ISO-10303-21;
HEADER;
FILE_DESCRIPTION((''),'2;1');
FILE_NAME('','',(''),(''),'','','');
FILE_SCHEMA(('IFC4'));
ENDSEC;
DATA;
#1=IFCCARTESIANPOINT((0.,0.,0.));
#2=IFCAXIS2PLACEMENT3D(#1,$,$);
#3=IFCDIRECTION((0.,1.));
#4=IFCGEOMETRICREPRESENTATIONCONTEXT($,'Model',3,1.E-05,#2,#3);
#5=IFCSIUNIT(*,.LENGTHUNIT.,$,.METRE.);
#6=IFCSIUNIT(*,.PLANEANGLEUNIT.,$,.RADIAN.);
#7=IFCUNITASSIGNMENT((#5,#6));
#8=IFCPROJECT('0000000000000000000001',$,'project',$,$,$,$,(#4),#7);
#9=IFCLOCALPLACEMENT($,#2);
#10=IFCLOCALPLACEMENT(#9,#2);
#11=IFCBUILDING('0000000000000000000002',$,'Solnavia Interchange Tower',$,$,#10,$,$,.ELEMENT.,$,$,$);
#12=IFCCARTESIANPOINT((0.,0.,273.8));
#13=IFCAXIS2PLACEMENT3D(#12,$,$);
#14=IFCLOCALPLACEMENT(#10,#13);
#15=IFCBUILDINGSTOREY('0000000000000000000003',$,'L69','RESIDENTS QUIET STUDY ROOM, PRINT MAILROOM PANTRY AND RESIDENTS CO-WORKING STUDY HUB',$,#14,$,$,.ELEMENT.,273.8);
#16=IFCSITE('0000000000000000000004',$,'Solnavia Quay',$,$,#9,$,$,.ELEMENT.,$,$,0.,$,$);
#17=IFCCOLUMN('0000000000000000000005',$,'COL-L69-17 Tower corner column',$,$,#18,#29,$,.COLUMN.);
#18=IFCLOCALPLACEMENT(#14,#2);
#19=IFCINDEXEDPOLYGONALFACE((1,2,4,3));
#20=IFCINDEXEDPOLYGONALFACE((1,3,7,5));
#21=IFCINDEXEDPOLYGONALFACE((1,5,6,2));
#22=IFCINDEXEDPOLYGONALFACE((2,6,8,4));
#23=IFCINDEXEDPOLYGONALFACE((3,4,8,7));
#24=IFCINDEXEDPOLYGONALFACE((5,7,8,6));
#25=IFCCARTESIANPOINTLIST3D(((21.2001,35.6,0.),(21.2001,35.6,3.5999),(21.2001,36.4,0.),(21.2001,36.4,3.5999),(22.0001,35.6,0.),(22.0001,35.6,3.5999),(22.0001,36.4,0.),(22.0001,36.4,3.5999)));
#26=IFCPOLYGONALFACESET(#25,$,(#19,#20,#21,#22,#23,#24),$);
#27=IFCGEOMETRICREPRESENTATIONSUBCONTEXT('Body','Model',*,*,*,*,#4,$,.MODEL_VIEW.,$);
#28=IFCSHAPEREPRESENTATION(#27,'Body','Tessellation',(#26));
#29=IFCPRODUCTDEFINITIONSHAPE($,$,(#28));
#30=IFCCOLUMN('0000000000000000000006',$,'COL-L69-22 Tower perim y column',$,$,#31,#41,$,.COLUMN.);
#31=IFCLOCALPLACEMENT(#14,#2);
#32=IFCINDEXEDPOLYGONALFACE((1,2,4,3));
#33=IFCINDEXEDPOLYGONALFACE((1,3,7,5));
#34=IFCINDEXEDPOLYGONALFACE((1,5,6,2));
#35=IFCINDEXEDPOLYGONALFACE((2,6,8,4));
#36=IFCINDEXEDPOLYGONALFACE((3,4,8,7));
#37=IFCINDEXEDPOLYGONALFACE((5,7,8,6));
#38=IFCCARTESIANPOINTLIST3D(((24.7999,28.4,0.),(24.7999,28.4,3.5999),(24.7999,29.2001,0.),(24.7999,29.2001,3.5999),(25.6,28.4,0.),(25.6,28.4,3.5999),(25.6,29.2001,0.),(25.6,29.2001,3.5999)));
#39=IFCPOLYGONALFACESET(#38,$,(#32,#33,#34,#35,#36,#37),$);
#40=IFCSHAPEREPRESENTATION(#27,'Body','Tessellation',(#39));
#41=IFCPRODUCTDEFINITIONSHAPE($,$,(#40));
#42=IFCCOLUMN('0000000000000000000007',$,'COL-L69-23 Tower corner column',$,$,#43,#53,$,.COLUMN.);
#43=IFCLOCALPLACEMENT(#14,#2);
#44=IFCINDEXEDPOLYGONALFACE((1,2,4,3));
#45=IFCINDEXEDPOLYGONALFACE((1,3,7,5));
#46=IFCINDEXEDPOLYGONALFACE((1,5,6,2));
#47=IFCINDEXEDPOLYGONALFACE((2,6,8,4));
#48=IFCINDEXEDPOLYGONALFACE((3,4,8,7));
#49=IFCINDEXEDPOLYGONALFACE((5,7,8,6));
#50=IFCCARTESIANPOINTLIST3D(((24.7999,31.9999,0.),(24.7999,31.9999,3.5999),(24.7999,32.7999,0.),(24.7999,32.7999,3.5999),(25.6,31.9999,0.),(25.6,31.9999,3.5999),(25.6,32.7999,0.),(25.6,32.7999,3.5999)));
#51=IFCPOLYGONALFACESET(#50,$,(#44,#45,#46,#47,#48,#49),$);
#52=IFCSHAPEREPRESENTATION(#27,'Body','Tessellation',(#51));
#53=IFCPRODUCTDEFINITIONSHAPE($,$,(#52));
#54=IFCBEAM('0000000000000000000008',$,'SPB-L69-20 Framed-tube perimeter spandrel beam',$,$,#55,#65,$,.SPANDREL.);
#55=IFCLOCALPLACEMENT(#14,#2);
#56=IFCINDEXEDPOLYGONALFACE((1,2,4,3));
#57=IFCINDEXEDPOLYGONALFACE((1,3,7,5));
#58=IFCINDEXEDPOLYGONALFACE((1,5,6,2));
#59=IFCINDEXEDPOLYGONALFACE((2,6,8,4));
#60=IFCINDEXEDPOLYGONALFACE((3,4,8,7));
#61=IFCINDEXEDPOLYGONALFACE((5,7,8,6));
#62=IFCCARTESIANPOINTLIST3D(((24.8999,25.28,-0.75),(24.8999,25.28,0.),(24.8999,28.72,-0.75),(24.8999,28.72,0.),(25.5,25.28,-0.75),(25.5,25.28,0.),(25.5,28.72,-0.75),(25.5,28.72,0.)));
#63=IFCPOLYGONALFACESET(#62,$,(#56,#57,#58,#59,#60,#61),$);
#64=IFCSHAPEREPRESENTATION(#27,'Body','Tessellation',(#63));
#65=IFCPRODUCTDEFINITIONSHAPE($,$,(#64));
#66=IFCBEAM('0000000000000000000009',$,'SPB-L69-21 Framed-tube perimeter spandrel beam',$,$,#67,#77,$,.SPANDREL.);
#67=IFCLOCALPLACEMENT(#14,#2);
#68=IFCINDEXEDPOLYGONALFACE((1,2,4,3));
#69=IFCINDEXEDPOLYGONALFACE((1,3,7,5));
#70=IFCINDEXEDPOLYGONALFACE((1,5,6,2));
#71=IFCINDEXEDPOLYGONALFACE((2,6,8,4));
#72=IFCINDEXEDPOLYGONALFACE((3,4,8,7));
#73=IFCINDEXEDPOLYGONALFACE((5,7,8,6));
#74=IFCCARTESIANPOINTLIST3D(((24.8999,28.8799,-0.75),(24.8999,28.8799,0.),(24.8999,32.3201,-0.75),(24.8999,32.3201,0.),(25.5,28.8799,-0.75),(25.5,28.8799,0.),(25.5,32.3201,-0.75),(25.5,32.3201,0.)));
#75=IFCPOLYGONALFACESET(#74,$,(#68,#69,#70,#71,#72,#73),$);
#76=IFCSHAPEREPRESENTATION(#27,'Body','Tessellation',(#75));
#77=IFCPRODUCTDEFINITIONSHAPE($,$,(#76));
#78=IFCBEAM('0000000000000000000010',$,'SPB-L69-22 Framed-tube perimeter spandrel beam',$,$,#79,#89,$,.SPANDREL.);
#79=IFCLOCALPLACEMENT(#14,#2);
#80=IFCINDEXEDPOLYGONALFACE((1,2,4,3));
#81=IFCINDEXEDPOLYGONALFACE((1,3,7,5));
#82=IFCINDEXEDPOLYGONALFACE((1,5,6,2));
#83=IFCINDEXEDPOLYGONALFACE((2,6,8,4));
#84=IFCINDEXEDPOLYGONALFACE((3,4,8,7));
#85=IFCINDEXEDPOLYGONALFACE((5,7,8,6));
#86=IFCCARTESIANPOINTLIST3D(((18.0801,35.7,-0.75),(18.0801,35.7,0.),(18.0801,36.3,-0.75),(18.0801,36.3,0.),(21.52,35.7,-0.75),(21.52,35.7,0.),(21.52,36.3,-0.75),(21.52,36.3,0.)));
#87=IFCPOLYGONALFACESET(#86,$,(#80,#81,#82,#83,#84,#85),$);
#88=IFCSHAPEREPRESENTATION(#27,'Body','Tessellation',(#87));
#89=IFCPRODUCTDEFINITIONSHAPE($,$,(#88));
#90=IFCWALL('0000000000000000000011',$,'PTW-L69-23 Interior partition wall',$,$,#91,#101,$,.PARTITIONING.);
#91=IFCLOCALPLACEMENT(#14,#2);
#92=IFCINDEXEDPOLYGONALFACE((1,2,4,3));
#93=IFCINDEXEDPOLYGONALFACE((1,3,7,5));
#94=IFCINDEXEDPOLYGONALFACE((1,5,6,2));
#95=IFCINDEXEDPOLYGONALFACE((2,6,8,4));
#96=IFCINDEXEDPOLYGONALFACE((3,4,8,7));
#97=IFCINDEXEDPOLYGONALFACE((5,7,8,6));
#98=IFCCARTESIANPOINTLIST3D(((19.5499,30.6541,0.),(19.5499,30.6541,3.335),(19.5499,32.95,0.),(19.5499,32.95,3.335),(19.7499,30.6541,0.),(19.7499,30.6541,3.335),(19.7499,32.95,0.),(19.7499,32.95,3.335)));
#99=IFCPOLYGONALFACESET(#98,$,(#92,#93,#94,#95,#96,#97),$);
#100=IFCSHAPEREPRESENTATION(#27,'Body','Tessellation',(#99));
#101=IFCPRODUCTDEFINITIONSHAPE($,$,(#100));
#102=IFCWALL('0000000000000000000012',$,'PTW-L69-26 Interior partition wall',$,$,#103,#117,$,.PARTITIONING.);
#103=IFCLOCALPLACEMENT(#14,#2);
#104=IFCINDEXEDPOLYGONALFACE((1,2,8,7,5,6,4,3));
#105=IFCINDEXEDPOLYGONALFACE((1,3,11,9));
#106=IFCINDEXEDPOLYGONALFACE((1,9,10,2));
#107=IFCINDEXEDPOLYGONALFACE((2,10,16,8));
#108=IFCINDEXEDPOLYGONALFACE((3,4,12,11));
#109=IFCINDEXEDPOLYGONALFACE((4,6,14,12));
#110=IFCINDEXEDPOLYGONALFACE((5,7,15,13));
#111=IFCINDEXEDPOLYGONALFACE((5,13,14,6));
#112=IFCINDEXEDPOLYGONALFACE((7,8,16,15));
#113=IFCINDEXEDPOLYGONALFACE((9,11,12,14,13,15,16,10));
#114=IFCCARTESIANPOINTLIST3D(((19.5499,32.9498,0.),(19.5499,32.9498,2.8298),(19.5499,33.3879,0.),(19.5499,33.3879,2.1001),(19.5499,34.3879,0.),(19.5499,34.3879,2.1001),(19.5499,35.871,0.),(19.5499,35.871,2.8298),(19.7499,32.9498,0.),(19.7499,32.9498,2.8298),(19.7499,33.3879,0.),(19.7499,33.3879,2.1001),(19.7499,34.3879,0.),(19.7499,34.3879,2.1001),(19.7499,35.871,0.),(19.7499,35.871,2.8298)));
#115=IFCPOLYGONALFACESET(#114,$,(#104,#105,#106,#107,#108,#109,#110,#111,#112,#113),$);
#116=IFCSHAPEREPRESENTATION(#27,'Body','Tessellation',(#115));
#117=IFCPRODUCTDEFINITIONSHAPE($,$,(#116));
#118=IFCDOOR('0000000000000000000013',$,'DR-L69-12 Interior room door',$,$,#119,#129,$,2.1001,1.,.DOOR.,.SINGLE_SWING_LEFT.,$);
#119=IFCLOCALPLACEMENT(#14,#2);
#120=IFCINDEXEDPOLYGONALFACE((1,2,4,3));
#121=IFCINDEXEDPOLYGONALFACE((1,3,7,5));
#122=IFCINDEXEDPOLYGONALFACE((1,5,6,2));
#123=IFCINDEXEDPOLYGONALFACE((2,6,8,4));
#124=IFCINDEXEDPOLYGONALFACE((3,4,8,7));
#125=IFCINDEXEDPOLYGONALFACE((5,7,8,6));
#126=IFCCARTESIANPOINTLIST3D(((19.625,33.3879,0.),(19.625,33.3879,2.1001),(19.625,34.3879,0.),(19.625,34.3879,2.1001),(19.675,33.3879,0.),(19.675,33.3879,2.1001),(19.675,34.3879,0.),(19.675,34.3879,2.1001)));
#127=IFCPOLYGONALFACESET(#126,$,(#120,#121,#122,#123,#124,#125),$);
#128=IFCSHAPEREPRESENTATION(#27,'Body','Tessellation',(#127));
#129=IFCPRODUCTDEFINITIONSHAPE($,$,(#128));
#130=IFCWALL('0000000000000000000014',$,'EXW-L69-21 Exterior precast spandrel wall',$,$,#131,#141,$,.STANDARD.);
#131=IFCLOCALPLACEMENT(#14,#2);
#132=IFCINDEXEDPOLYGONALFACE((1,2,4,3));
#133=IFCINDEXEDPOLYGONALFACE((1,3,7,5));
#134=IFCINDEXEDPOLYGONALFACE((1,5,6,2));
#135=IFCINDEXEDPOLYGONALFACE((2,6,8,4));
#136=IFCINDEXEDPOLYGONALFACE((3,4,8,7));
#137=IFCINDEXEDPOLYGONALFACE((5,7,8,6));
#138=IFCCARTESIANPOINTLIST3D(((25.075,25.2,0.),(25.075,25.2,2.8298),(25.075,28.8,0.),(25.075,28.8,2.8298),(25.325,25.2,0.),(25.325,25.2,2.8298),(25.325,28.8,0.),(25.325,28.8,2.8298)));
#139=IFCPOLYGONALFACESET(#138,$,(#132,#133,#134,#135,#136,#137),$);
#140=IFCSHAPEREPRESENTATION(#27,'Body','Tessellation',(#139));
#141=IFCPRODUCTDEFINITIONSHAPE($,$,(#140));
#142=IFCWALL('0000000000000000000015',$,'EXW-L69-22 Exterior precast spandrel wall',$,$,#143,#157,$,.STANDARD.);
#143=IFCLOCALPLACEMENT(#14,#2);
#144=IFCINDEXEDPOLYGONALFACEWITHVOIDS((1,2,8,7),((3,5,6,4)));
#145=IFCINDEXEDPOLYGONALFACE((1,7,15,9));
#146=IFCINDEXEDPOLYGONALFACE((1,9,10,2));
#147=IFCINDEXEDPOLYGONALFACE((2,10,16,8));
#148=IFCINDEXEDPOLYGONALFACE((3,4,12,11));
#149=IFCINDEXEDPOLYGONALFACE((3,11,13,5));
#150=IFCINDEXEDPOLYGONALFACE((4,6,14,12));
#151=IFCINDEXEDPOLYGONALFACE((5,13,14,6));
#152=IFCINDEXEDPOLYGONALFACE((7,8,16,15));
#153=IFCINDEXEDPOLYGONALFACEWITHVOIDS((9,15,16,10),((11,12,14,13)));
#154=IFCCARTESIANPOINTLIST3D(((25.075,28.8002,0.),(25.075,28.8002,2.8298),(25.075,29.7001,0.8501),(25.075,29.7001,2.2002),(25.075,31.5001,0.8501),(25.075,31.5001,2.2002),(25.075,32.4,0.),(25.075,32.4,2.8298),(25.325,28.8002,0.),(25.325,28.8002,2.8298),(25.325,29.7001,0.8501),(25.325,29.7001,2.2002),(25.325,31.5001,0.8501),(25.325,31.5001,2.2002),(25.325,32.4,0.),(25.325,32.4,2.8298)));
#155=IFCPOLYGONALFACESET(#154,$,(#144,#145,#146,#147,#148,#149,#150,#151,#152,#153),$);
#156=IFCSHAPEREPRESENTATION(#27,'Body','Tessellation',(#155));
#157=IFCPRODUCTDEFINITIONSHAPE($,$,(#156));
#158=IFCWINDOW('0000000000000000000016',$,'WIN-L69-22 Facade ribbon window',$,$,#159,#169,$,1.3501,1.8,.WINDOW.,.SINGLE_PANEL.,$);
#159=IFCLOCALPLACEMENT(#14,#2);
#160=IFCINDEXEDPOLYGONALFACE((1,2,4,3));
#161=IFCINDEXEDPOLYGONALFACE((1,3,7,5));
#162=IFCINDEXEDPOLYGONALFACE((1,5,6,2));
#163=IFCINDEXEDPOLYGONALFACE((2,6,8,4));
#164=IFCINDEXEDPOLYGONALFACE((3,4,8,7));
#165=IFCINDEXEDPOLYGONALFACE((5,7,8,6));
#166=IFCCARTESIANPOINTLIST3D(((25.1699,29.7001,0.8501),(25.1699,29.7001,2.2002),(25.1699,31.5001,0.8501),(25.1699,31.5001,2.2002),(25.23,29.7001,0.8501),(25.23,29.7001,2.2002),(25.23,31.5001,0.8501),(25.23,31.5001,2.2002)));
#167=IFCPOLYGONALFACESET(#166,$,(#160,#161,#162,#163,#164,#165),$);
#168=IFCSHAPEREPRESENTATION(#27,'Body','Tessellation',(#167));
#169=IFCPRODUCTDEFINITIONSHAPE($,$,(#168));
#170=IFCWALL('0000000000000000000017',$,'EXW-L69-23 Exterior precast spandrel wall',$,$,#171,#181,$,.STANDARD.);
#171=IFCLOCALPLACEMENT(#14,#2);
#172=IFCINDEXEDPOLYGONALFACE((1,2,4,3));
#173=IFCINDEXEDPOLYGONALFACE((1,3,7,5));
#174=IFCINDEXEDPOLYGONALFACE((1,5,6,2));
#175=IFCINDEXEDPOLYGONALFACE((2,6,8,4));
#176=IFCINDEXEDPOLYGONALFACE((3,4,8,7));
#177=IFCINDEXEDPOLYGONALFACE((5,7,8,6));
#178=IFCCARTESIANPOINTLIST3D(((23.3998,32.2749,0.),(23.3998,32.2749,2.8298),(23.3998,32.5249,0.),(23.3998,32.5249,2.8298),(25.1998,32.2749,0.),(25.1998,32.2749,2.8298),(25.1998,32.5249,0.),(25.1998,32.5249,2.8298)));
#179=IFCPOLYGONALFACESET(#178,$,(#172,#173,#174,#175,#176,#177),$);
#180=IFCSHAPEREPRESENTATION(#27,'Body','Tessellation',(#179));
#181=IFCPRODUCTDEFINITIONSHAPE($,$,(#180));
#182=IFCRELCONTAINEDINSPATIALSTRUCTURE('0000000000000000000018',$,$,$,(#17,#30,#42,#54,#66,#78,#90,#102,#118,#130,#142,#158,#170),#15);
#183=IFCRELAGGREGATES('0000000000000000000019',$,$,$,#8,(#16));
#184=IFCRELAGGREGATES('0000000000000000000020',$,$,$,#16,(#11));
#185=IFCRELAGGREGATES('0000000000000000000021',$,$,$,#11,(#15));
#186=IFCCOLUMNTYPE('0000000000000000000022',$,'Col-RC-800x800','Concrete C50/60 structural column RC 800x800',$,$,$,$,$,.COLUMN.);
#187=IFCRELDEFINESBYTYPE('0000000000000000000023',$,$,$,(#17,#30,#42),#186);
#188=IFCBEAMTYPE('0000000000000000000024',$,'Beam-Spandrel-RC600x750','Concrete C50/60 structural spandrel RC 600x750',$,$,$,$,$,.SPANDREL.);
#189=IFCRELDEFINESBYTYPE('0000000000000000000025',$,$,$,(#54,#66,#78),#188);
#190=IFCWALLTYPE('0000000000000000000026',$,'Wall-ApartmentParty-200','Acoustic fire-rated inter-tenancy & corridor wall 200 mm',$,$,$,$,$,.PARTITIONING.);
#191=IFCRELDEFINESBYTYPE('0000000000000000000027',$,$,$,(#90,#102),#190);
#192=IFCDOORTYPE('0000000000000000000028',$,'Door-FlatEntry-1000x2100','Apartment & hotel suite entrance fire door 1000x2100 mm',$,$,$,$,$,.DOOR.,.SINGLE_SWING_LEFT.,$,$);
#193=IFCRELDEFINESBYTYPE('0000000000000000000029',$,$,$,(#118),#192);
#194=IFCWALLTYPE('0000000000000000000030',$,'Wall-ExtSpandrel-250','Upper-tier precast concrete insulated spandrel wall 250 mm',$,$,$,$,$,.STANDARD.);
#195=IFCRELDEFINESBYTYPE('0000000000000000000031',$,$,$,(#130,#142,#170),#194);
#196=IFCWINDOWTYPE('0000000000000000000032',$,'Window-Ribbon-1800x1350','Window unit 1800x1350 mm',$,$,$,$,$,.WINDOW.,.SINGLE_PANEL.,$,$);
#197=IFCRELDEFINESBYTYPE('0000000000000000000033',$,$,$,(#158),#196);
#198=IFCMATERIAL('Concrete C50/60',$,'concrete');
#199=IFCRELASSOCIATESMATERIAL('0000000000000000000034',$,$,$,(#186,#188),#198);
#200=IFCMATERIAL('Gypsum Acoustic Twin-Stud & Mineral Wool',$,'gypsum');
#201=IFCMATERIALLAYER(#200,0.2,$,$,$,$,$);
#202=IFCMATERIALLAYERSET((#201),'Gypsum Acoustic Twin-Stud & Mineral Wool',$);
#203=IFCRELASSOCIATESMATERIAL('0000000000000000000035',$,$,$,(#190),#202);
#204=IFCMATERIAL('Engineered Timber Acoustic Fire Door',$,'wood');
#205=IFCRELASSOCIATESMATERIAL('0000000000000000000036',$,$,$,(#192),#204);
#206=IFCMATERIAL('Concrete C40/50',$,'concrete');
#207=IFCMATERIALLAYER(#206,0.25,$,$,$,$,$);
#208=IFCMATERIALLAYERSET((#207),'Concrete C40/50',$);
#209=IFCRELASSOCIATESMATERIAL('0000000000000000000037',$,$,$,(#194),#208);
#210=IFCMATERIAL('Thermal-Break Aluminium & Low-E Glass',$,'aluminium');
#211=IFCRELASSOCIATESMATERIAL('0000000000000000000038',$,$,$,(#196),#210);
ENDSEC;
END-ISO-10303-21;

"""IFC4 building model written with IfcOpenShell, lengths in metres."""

from ifc_helpers import new_model, si_unit, direction, frame, frame_2d, origin, origin_2d, place, context, subcontext, project, spatial, rectangle, extrude, material, layer, layer_set, material_profile, profile_set, type_object, element, fill, save


model = new_model("IFC4")

# Units and contexts
model_context = context("Model", 3, precision=1e-05, world=origin(), true_north=direction((0.0, 1.0)))
body_context = subcontext(model_context, "Body", "Model", "MODEL_VIEW")
ifc_project = project(units=[si_unit("LENGTHUNIT", "METRE"), si_unit("PLANEANGLEUNIT", "RADIAN")], contexts=[model_context])

# Site, building, storey
site_placement = place(None, origin())
site = spatial("IfcSite", under=ifc_project, at=site_placement, Name="Solnavia Quay", CompositionType="ELEMENT", RefElevation=0.0)
building_placement = place(site_placement, origin())
building = spatial("IfcBuilding", under=site, at=building_placement, Name="Solnavia Interchange Tower", CompositionType="ELEMENT")
storey_placement = place(building_placement, frame((0.0, 0.0, 273.8)))
storey = spatial("IfcBuildingStorey", under=building, at=storey_placement, Name="L69", Description="RESIDENTS QUIET STUDY ROOM, PRINT MAILROOM PANTRY AND RESIDENTS CO-WORKING STUDY HUB", CompositionType="ELEMENT", Elevation=273.8)

# Columns
ifc_material_1 = material(Name="Concrete C50/60", Category="concrete")
ifc_material_profile_1 = material_profile(ifc_material_1, rectangle(XDim=0.8, YDim=0.8, at=origin_2d()), Name="RC 800x800")
ifc_profile_set_1 = profile_set([ifc_material_profile_1], Name="Concrete C50/60")
column_type = type_object("IfcColumnType", Name="Col-RC-800x800", Description="Concrete C50/60 structural column RC 800x800", PredefinedType="COLUMN", material=ifc_profile_set_1)
for number, where, z_axis, x_axis, name in (
    (1, (21.6001, 36.0, 0.0), (0.0, 0.0, 1.0), (1.0, 0.0, 0.0), "COL-L69-17 Tower corner column"),
    (2, (25.2, 28.8, 0.0), (0.0, 0.0, 1.0), (0.0, 1.0, 0.0), "COL-L69-22 Tower perim y column"),
    (3, (25.2, 32.3999, 0.0), (0.0, 0.0, 1.0), (0.0, 1.0, 0.0), "COL-L69-23 Tower corner column"),
):
    element("IfcColumn", number, at=place(storey_placement, frame(where, z_axis=z_axis, x_axis=x_axis)), inside=storey, type_object=column_type, Name=name, PredefinedType="COLUMN", context=body_context, shape_type="SweptSolid", body=[
        extrude(rectangle(XDim=0.8, YDim=0.8, at=origin_2d()), origin(), (0.0, 0.0, 1.0), 3.5999),
    ])

# Beams
ifc_material_profile_2 = material_profile(ifc_material_1, rectangle(XDim=0.6001, YDim=0.75, at=origin_2d()), Name="RC 600x750")
ifc_profile_set_2 = profile_set([ifc_material_profile_2], Name="Concrete C50/60")
beam_type = type_object("IfcBeamType", Name="Beam-Spandrel-RC600x750", Description="Concrete C50/60 structural spandrel RC 600x750", PredefinedType="SPANDREL", material=ifc_profile_set_2)
beam_1_placement = place(storey_placement, frame((25.2, 25.28, -0.375), z_axis=(0.0, 1.0, 0.0), x_axis=(-1.0, 0.0, 0.0)))
element("IfcBeam", 4, at=beam_1_placement, inside=storey, type_object=beam_type, Name="SPB-L69-20 Framed-tube perimeter spandrel beam", PredefinedType="SPANDREL", context=body_context, shape_type="SweptSolid", body=[
    extrude(rectangle(XDim=0.6001, YDim=0.75, at=origin_2d()), origin(), (0.0, 0.0, 1.0), 3.4399),
])
beam_2_placement = place(storey_placement, frame((25.2, 28.8799, -0.375), z_axis=(0.0, 1.0, 0.0), x_axis=(-1.0, 0.0, 0.0)))
element("IfcBeam", 5, at=beam_2_placement, inside=storey, type_object=beam_type, Name="SPB-L69-21 Framed-tube perimeter spandrel beam", PredefinedType="SPANDREL", context=body_context, shape_type="SweptSolid", body=[
    extrude(rectangle(XDim=0.6001, YDim=0.75, at=origin_2d()), origin(), (0.0, 0.0, 1.0), 3.4402),
])
beam_3_placement = place(storey_placement, frame((21.52, 36.0, -0.375), z_axis=(-1.0, 0.0, 0.0), x_axis=(0.0, -1.0, 0.0)))
element("IfcBeam", 6, at=beam_3_placement, inside=storey, type_object=beam_type, Name="SPB-L69-22 Framed-tube perimeter spandrel beam", PredefinedType="SPANDREL", context=body_context, shape_type="SweptSolid", body=[
    extrude(rectangle(XDim=0.6001, YDim=0.75, at=origin_2d()), origin(), (0.0, 0.0, 1.0), 3.4399),
])

# Wall
ifc_material_2 = material(Name="Gypsum Acoustic Twin-Stud & Mineral Wool", Category="gypsum")
ifc_layer_1 = layer(ifc_material_2, 0.2)
ifc_layer_set_1 = layer_set([ifc_layer_1], Name="Gypsum Acoustic Twin-Stud & Mineral Wool")
wall_type_1 = type_object("IfcWallType", Name="Wall-ApartmentParty-200", Description="Acoustic fire-rated inter-tenancy & corridor wall 200 mm", PredefinedType="PARTITIONING", material=ifc_layer_set_1)
wall_1_placement = place(storey_placement, frame((19.6499, 30.6541, 0.0), z_axis=(0.0, 0.0, 1.0), x_axis=(0.0, 1.0, 0.0)))
element("IfcWall", 7, at=wall_1_placement, inside=storey, type_object=wall_type_1, Name="PTW-L69-23 Interior partition wall", PredefinedType="PARTITIONING", context=body_context, shape_type="SweptSolid", body=[
    extrude(rectangle(XDim=2.2959, YDim=0.2, at=frame_2d((1.1479, 0.0))), origin(), (0.0, 0.0, 1.0), 3.335),
])

# Wall, opening, door
wall_2_placement = place(storey_placement, frame((19.6499, 32.95, 0.0), z_axis=(0.0, 0.0, 1.0), x_axis=(0.0, 1.0, 0.0)))
wall_2 = element("IfcWall", 8, at=wall_2_placement, inside=storey, type_object=wall_type_1, Name="PTW-L69-26 Interior partition wall", PredefinedType="PARTITIONING", context=body_context, shape_type="SweptSolid", body=[
    extrude(rectangle(XDim=2.9211, YDim=0.2, at=frame_2d((1.4604, 0.0))), origin(), (0.0, 0.0, 1.0), 2.8298),
])
opening_1_placement = place(wall_2_placement, frame((0.438, 0.0, 0.0)))
opening_1 = element("IfcOpeningElement", 9, at=opening_1_placement, cuts=wall_2, PredefinedType="OPENING", context=body_context, shape_type="SweptSolid", body=[
    extrude(rectangle(XDim=1.0, YDim=2.1001, at=frame_2d((0.5, 1.05))), frame((0.0, 0.1099, 0.0), z_axis=(0.0, -1.0, 0.0), x_axis=(1.0, 0.0, 0.0)), (0.0, 0.0, 1.0), 0.22),
])
ifc_material_3 = material(Name="Engineered Timber Acoustic Fire Door", Category="wood")
door_type_1 = type_object("IfcDoorType", Name="Door-FlatEntry-1000x2100", Description="Apartment & hotel suite entrance fire door 1000x2100 mm", OperationType="SINGLE_SWING_LEFT", PredefinedType="DOOR", material=ifc_material_3)
door_1_placement = place(opening_1_placement, origin())
door_1 = element("IfcDoor", 10, at=door_1_placement, inside=storey, type_object=door_type_1, Name="DR-L69-12 Interior room door", OperationType="SINGLE_SWING_LEFT", OverallHeight=2.1001, OverallWidth=1.0, PredefinedType="DOOR", context=body_context, shape_type="SweptSolid", body=[
    extrude(rectangle(XDim=1.0, YDim=2.1001, at=frame_2d((0.5, 1.05))), frame((0.0, 0.0249, 0.0), z_axis=(0.0, -1.0, 0.0), x_axis=(1.0, 0.0, 0.0)), (0.0, 0.0, 1.0), 0.05),
])
fill(opening_1, door_1)

# Wall
ifc_material_4 = material(Name="Concrete C40/50", Category="concrete")
ifc_layer_2 = layer(ifc_material_4, 0.25)
ifc_layer_set_2 = layer_set([ifc_layer_2], Name="Concrete C40/50")
wall_type_2 = type_object("IfcWallType", Name="Wall-ExtSpandrel-250", Description="Upper-tier precast concrete insulated spandrel wall 250 mm", PredefinedType="STANDARD", material=ifc_layer_set_2)
wall_3_placement = place(storey_placement, frame((25.2, 28.8, 0.0), z_axis=(0.0, 0.0, 1.0), x_axis=(0.0, -1.0, 0.0)))
element("IfcWall", 11, at=wall_3_placement, inside=storey, type_object=wall_type_2, Name="EXW-L69-21 Exterior precast spandrel wall", PredefinedType="STANDARD", context=body_context, shape_type="SweptSolid", body=[
    extrude(rectangle(XDim=3.6001, YDim=0.25, at=frame_2d((1.8, 0.0))), origin(), (0.0, 0.0, 1.0), 2.8298),
])

# Wall, opening, window
wall_4_placement = place(storey_placement, frame((25.2, 32.3999, 0.0), z_axis=(0.0, 0.0, 1.0), x_axis=(0.0, -1.0, 0.0)))
wall_4 = element("IfcWall", 12, at=wall_4_placement, inside=storey, type_object=wall_type_2, Name="EXW-L69-22 Exterior precast spandrel wall", PredefinedType="STANDARD", context=body_context, shape_type="SweptSolid", body=[
    extrude(rectangle(XDim=3.5999, YDim=0.25, at=frame_2d((1.7998, 0.0))), origin(), (0.0, 0.0, 1.0), 2.8298),
])
opening_2_placement = place(wall_4_placement, frame((0.8999, 0.0, 0.8501)))
opening_2 = element("IfcOpeningElement", 13, at=opening_2_placement, cuts=wall_4, PredefinedType="OPENING", context=body_context, shape_type="SweptSolid", body=[
    extrude(rectangle(XDim=1.8, YDim=1.3501, at=frame_2d((0.8999, 0.675))), frame((0.0, 0.135, 0.0), z_axis=(0.0, -1.0, 0.0), x_axis=(1.0, 0.0, 0.0)), (0.0, 0.0, 1.0), 0.27),
])
ifc_material_5 = material(Name="Thermal-Break Aluminium & Low-E Glass", Category="aluminium")
window_type = type_object("IfcWindowType", Name="Window-Ribbon-1800x1350", Description="Window unit 1800x1350 mm", PartitioningType="SINGLE_PANEL", PredefinedType="WINDOW", material=ifc_material_5)
window_placement = place(opening_2_placement, origin())
window = element("IfcWindow", 14, at=window_placement, inside=storey, type_object=window_type, Name="WIN-L69-22 Facade ribbon window", OverallHeight=1.3501, OverallWidth=1.8, PartitioningType="SINGLE_PANEL", PredefinedType="WINDOW", context=body_context, shape_type="SweptSolid", body=[
    extrude(rectangle(XDim=1.8, YDim=1.3501, at=frame_2d((0.8999, 0.675))), frame((0.0, 0.03, 0.0), z_axis=(0.0, -1.0, 0.0), x_axis=(1.0, 0.0, 0.0)), (0.0, 0.0, 1.0), 0.0601),
])
fill(opening_2, window)

# Wall
wall_5_placement = place(storey_placement, frame((23.3999, 32.3999, 0.0), z_axis=(0.0, 0.0, 1.0), x_axis=(1.0, 0.0, 0.0)))
element("IfcWall", 15, at=wall_5_placement, inside=storey, type_object=wall_type_2, Name="EXW-L69-23 Exterior precast spandrel wall", PredefinedType="STANDARD", context=body_context, shape_type="SweptSolid", body=[
    extrude(rectangle(XDim=1.8, YDim=0.25, at=frame_2d((0.8999, 0.0))), origin(), (0.0, 0.0, 1.0), 2.8298),
])

save(model, "model.ifc")
